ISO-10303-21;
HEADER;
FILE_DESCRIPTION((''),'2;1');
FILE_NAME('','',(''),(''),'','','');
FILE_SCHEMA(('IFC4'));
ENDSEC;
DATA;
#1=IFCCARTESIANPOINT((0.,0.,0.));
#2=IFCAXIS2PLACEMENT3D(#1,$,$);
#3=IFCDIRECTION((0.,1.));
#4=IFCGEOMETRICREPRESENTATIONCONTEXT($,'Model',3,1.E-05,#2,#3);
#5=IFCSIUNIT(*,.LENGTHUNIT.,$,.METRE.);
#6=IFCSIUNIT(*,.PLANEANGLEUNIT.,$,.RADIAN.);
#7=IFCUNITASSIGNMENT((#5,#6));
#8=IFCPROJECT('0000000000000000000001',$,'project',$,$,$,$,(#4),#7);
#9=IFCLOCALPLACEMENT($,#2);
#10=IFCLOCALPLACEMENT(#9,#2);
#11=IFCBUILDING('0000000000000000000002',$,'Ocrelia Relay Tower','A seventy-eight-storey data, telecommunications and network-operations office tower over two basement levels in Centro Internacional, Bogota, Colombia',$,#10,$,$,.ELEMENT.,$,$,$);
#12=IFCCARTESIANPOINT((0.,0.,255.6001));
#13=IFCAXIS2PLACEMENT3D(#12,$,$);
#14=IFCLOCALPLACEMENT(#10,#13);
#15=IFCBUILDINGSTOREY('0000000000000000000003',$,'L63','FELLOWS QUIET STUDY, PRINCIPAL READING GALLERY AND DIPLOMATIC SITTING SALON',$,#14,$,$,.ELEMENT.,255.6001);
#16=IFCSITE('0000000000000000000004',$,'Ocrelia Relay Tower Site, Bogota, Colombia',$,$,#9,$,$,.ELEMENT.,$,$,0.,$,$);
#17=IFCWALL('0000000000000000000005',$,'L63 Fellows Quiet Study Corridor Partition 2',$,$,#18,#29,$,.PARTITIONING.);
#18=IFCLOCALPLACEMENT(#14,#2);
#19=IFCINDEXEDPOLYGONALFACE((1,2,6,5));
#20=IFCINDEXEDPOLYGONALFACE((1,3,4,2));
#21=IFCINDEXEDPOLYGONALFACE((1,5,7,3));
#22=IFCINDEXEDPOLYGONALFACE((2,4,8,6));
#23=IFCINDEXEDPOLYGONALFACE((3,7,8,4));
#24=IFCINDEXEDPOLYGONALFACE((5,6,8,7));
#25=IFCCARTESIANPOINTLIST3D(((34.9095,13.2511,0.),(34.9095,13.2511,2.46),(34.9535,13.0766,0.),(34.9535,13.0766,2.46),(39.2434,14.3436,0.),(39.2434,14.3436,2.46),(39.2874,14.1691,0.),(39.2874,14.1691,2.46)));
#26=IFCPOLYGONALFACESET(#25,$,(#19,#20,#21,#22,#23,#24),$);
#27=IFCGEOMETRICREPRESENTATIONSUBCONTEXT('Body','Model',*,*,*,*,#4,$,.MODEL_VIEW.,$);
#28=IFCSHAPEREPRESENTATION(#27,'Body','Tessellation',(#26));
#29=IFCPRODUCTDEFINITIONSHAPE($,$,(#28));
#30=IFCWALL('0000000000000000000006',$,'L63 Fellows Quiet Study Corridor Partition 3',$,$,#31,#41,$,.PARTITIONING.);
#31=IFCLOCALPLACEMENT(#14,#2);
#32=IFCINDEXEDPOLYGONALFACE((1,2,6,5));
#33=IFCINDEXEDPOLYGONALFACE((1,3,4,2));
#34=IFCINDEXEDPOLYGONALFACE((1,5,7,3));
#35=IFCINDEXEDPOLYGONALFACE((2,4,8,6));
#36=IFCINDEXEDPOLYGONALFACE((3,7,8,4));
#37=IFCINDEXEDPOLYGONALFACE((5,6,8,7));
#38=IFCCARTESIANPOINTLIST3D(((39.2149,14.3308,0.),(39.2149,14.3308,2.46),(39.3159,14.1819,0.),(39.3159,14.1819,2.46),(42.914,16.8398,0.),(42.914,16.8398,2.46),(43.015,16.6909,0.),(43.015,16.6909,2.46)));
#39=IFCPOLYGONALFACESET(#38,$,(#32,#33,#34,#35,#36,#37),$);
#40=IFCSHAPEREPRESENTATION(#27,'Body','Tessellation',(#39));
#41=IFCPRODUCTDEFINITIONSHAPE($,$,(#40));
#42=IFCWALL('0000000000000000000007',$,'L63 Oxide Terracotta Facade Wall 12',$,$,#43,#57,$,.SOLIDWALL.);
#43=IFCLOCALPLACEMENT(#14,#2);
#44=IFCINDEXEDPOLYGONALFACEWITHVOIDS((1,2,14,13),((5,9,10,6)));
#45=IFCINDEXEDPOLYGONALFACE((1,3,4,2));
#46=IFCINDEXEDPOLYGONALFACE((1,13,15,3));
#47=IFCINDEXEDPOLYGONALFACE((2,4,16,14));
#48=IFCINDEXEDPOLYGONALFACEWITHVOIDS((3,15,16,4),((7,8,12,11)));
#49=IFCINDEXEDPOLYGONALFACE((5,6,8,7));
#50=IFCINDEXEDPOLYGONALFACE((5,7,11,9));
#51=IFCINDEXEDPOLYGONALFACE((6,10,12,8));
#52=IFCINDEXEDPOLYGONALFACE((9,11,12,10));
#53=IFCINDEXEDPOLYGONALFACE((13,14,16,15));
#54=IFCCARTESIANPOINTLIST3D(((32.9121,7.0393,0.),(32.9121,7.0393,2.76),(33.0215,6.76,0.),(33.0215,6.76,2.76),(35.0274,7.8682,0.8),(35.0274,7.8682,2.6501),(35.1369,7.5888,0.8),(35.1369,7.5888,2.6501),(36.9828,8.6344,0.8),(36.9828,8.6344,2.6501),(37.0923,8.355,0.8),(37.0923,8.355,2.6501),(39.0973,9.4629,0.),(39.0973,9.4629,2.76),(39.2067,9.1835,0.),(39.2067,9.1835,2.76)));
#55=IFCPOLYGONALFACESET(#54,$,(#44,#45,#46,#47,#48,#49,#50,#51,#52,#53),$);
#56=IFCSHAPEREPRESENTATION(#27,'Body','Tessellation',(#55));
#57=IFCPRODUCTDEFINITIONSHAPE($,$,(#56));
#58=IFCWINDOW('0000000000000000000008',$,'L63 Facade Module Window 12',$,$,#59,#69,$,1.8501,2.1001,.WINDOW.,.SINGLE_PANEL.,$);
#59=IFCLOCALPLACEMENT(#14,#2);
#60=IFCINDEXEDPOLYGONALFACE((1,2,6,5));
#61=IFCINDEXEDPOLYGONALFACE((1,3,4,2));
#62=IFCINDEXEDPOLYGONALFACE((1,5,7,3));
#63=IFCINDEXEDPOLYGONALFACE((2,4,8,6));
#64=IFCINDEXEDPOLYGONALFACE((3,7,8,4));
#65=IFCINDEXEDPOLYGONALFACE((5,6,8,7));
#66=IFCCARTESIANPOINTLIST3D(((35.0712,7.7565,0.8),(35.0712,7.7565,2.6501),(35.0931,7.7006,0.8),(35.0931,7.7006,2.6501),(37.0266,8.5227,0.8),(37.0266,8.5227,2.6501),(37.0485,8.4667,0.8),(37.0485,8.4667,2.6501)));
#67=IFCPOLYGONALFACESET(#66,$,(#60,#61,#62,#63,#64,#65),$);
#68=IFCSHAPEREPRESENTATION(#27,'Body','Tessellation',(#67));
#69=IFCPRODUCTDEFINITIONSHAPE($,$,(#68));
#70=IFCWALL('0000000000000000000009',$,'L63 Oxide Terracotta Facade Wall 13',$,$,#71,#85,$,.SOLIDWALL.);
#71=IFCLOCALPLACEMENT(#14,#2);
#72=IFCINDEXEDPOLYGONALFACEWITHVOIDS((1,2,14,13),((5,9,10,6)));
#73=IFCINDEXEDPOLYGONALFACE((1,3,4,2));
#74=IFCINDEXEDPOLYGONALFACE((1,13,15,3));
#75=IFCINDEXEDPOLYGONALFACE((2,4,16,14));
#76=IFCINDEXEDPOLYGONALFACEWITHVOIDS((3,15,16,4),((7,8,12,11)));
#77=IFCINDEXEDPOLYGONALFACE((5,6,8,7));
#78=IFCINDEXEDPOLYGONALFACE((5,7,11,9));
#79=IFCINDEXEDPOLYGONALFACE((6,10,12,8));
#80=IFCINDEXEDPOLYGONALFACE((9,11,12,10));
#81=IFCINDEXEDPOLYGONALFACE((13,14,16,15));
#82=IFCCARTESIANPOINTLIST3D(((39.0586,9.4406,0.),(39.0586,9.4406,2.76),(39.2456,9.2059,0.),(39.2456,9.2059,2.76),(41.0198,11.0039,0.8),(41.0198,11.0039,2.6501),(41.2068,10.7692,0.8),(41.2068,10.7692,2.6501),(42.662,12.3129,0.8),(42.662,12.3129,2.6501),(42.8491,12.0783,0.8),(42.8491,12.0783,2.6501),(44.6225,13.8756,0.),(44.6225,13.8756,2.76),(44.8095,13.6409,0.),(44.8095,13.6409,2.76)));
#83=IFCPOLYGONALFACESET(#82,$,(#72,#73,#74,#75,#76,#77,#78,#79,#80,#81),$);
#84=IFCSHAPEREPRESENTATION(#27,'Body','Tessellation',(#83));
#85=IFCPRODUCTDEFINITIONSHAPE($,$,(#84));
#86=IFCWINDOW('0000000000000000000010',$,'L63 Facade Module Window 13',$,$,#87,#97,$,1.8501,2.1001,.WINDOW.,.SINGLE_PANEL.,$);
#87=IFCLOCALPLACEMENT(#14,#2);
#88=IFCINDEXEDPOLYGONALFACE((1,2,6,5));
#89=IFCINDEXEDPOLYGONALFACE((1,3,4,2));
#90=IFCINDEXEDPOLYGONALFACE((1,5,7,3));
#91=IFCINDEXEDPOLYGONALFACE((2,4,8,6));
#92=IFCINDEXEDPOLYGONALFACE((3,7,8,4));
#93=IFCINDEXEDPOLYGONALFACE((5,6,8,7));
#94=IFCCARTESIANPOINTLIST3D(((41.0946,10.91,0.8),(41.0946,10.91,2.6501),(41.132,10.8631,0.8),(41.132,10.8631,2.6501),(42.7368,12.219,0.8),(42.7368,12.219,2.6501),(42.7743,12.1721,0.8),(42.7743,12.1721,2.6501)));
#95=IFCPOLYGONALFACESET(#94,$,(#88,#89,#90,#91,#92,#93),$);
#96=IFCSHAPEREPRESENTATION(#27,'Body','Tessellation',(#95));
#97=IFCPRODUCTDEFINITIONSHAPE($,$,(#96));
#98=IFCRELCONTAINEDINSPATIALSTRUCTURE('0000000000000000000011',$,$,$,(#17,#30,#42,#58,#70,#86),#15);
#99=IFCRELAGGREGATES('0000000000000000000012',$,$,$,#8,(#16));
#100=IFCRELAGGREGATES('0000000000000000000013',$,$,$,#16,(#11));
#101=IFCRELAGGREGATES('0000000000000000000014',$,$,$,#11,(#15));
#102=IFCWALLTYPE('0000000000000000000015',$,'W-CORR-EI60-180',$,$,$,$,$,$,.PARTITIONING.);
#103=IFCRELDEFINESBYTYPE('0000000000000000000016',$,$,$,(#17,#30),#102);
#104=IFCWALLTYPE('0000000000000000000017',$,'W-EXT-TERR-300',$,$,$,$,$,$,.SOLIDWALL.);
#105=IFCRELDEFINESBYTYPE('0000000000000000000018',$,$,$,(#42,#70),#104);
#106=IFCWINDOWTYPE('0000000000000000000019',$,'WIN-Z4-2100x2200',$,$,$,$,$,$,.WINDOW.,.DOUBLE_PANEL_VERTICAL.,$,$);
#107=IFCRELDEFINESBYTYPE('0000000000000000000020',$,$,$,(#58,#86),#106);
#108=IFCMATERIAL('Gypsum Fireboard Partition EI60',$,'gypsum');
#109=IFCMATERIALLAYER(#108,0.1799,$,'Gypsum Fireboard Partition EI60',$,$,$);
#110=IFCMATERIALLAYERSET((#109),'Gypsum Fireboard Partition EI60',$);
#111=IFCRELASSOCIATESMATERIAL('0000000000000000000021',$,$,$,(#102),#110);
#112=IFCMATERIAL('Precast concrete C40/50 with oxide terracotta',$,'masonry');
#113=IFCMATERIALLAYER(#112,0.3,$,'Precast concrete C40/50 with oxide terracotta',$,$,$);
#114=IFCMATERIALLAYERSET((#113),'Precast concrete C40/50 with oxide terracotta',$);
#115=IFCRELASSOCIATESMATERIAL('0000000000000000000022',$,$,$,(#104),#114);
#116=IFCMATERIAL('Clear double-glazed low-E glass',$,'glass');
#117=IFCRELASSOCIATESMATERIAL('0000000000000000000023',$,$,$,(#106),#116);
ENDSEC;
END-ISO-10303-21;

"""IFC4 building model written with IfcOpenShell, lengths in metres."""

from ifc_helpers import new_model, si_unit, direction, frame, frame_2d, origin, place, context, subcontext, project, spatial, rectangle, extrude, material, layer, layer_set, type_object, element, fill, save


model = new_model("IFC4")

# Units and contexts
model_context = context("Model", 3, precision=1e-05, world=origin(), true_north=direction((0.0, 1.0)))
body_context = subcontext(model_context, "Body", "Model", "MODEL_VIEW")
ifc_project = project(units=[si_unit("LENGTHUNIT", "METRE"), si_unit("PLANEANGLEUNIT", "RADIAN")], contexts=[model_context])

# Site, building, storey
site_placement = place(None, origin())
site = spatial("IfcSite", under=ifc_project, at=site_placement, Name="Ocrelia Relay Tower Site, Bogota, Colombia", CompositionType="ELEMENT", RefElevation=0.0)
building_placement = place(site_placement, origin())
building = spatial("IfcBuilding", under=site, at=building_placement, Name="Ocrelia Relay Tower", Description="A seventy-eight-storey data, telecommunications and network-operations office tower over two basement levels in Centro Internacional, Bogota, Colombia", CompositionType="ELEMENT")
storey_placement = place(building_placement, frame((0.0, 0.0, 255.6001)))
storey = spatial("IfcBuildingStorey", under=building, at=storey_placement, Name="L63", Description="FELLOWS QUIET STUDY, PRINCIPAL READING GALLERY AND DIPLOMATIC SITTING SALON", CompositionType="ELEMENT", Elevation=255.6001)

# Walls
ifc_material_1 = material(Name="Gypsum Fireboard Partition EI60", Category="gypsum")
ifc_layer_1 = layer(ifc_material_1, 0.1799, Name="Gypsum Fireboard Partition EI60")
ifc_layer_set_1 = layer_set([ifc_layer_1], Name="Gypsum Fireboard Partition EI60")
wall_type_1 = type_object("IfcWallType", Name="W-CORR-EI60-180", PredefinedType="PARTITIONING", material=ifc_layer_set_1)
wall_1_placement = place(storey_placement, frame((34.9314, 13.1638, 0.0), z_axis=(0.0, 0.0, 1.0), x_axis=(0.969665, 0.244437, 0.0)))
element("IfcWall", 1, at=wall_1_placement, inside=storey, type_object=wall_type_1, Name="L63 Fellows Quiet Study Corridor Partition 2", PredefinedType="PARTITIONING", context=body_context, shape_type="SweptSolid", body=[
    extrude(rectangle(XDim=4.4695, YDim=0.1799, at=frame_2d((2.2349, 0.0))), origin(), (0.0, 0.0, 1.0), 2.46),
])
wall_2_placement = place(storey_placement, frame((39.2654, 14.2563, 0.0), z_axis=(0.0, 0.0, 1.0), x_axis=(0.827595, 0.561325, 0.0)))
element("IfcWall", 2, at=wall_2_placement, inside=storey, type_object=wall_type_1, Name="L63 Fellows Quiet Study Corridor Partition 3", PredefinedType="PARTITIONING", context=body_context, shape_type="SweptSolid", body=[
    extrude(rectangle(XDim=4.4697, YDim=0.1799, at=frame_2d((2.2349, 0.0))), origin(), (0.0, 0.0, 1.0), 2.46),
])

# Walls, openings, windows
ifc_material_2 = material(Name="Precast concrete C40/50 with oxide terracotta", Category="masonry")
ifc_layer_2 = layer(ifc_material_2, 0.3, Name="Precast concrete C40/50 with oxide terracotta")
ifc_layer_set_2 = layer_set([ifc_layer_2], Name="Precast concrete C40/50 with oxide terracotta")
wall_type_2 = type_object("IfcWallType", Name="W-EXT-TERR-300", PredefinedType="SOLIDWALL", material=ifc_layer_set_2)
wall_3_placement = place(storey_placement, frame((32.9668, 6.8997, 0.0), z_axis=(0.0, 0.0, 1.0), x_axis=(0.931077, 0.364823, 0.0)))
wall_3 = element("IfcWall", 3, at=wall_3_placement, inside=storey, type_object=wall_type_2, Name="L63 Oxide Terracotta Facade Wall 12", PredefinedType="SOLIDWALL", context=body_context, shape_type="SweptSolid", body=[
    extrude(rectangle(XDim=6.6431, YDim=0.3, at=frame_2d((3.3215, 0.0))), origin(), (0.0, 0.0, 1.0), 2.76),
])
opening_1_placement = place(wall_3_placement, frame((2.272, 0.0, 0.8)))
opening_1 = element("IfcOpeningElement", 4, at=opening_1_placement, cuts=wall_3, PredefinedType="OPENING", context=body_context, shape_type="SweptSolid", body=[
    extrude(rectangle(XDim=2.1001, YDim=1.8501, at=frame_2d((1.05, 0.925))), frame((0.0, 0.1602, 0.0), z_axis=(0.0, -1.0, 0.0), x_axis=(1.0, 0.0, 0.0)), (0.0, 0.0, 1.0), 0.3201),
])
ifc_material_3 = material(Name="Clear double-glazed low-E glass", Category="glass")
window_type = type_object("IfcWindowType", Name="WIN-Z4-2100x2200", PartitioningType="DOUBLE_PANEL_VERTICAL", PredefinedType="WINDOW", material=ifc_material_3)
window_1_placement = place(opening_1_placement, origin())
window_1 = element("IfcWindow", 5, at=window_1_placement, inside=storey, type_object=window_type, Name="L63 Facade Module Window 12", OverallHeight=1.8501, OverallWidth=2.1001, PartitioningType="SINGLE_PANEL", PredefinedType="WINDOW", context=body_context, shape_type="SweptSolid", body=[
    extrude(rectangle(XDim=2.1001, YDim=1.8501, at=frame_2d((1.05, 0.925))), frame((0.0, 0.03, 0.0), z_axis=(0.0, -1.0, 0.0), x_axis=(1.0, 0.0, 0.0)), (0.0, 0.0, 1.0), 0.0601),
])
fill(opening_1, window_1)
wall_4_placement = place(storey_placement, frame((39.1521, 9.3232, 0.0), z_axis=(0.0, 0.0, 1.0), x_axis=(0.781972, 0.623313, 0.0)))
wall_4 = element("IfcWall", 6, at=wall_4_placement, inside=storey, type_object=wall_type_2, Name="L63 Oxide Terracotta Facade Wall 13", PredefinedType="SOLIDWALL", context=body_context, shape_type="SweptSolid", body=[
    extrude(rectangle(XDim=7.1152, YDim=0.3, at=frame_2d((3.5576, 0.0))), origin(), (0.0, 0.0, 1.0), 2.76),
])
opening_2_placement = place(wall_4_placement, frame((2.5081, 0.0, 0.8)))
opening_2 = element("IfcOpeningElement", 7, at=opening_2_placement, cuts=wall_4, PredefinedType="OPENING", context=body_context, shape_type="SweptSolid", body=[
    extrude(rectangle(XDim=2.1001, YDim=1.8501, at=frame_2d((1.05, 0.925))), frame((0.0, 0.1602, 0.0), z_axis=(0.0, -1.0, 0.0), x_axis=(1.0, 0.0, 0.0)), (0.0, 0.0, 1.0), 0.3201),
])
window_2_placement = place(opening_2_placement, origin())
window_2 = element("IfcWindow", 8, at=window_2_placement, inside=storey, type_object=window_type, Name="L63 Facade Module Window 13", OverallHeight=1.8501, OverallWidth=2.1001, PartitioningType="SINGLE_PANEL", PredefinedType="WINDOW", context=body_context, shape_type="SweptSolid", body=[
    extrude(rectangle(XDim=2.1001, YDim=1.8501, at=frame_2d((1.05, 0.925))), frame((0.0, 0.03, 0.0), z_axis=(0.0, -1.0, 0.0), x_axis=(1.0, 0.0, 0.0)), (0.0, 0.0, 1.0), 0.0601),
])
fill(opening_2, window_2)

save(model, "model.ifc")
